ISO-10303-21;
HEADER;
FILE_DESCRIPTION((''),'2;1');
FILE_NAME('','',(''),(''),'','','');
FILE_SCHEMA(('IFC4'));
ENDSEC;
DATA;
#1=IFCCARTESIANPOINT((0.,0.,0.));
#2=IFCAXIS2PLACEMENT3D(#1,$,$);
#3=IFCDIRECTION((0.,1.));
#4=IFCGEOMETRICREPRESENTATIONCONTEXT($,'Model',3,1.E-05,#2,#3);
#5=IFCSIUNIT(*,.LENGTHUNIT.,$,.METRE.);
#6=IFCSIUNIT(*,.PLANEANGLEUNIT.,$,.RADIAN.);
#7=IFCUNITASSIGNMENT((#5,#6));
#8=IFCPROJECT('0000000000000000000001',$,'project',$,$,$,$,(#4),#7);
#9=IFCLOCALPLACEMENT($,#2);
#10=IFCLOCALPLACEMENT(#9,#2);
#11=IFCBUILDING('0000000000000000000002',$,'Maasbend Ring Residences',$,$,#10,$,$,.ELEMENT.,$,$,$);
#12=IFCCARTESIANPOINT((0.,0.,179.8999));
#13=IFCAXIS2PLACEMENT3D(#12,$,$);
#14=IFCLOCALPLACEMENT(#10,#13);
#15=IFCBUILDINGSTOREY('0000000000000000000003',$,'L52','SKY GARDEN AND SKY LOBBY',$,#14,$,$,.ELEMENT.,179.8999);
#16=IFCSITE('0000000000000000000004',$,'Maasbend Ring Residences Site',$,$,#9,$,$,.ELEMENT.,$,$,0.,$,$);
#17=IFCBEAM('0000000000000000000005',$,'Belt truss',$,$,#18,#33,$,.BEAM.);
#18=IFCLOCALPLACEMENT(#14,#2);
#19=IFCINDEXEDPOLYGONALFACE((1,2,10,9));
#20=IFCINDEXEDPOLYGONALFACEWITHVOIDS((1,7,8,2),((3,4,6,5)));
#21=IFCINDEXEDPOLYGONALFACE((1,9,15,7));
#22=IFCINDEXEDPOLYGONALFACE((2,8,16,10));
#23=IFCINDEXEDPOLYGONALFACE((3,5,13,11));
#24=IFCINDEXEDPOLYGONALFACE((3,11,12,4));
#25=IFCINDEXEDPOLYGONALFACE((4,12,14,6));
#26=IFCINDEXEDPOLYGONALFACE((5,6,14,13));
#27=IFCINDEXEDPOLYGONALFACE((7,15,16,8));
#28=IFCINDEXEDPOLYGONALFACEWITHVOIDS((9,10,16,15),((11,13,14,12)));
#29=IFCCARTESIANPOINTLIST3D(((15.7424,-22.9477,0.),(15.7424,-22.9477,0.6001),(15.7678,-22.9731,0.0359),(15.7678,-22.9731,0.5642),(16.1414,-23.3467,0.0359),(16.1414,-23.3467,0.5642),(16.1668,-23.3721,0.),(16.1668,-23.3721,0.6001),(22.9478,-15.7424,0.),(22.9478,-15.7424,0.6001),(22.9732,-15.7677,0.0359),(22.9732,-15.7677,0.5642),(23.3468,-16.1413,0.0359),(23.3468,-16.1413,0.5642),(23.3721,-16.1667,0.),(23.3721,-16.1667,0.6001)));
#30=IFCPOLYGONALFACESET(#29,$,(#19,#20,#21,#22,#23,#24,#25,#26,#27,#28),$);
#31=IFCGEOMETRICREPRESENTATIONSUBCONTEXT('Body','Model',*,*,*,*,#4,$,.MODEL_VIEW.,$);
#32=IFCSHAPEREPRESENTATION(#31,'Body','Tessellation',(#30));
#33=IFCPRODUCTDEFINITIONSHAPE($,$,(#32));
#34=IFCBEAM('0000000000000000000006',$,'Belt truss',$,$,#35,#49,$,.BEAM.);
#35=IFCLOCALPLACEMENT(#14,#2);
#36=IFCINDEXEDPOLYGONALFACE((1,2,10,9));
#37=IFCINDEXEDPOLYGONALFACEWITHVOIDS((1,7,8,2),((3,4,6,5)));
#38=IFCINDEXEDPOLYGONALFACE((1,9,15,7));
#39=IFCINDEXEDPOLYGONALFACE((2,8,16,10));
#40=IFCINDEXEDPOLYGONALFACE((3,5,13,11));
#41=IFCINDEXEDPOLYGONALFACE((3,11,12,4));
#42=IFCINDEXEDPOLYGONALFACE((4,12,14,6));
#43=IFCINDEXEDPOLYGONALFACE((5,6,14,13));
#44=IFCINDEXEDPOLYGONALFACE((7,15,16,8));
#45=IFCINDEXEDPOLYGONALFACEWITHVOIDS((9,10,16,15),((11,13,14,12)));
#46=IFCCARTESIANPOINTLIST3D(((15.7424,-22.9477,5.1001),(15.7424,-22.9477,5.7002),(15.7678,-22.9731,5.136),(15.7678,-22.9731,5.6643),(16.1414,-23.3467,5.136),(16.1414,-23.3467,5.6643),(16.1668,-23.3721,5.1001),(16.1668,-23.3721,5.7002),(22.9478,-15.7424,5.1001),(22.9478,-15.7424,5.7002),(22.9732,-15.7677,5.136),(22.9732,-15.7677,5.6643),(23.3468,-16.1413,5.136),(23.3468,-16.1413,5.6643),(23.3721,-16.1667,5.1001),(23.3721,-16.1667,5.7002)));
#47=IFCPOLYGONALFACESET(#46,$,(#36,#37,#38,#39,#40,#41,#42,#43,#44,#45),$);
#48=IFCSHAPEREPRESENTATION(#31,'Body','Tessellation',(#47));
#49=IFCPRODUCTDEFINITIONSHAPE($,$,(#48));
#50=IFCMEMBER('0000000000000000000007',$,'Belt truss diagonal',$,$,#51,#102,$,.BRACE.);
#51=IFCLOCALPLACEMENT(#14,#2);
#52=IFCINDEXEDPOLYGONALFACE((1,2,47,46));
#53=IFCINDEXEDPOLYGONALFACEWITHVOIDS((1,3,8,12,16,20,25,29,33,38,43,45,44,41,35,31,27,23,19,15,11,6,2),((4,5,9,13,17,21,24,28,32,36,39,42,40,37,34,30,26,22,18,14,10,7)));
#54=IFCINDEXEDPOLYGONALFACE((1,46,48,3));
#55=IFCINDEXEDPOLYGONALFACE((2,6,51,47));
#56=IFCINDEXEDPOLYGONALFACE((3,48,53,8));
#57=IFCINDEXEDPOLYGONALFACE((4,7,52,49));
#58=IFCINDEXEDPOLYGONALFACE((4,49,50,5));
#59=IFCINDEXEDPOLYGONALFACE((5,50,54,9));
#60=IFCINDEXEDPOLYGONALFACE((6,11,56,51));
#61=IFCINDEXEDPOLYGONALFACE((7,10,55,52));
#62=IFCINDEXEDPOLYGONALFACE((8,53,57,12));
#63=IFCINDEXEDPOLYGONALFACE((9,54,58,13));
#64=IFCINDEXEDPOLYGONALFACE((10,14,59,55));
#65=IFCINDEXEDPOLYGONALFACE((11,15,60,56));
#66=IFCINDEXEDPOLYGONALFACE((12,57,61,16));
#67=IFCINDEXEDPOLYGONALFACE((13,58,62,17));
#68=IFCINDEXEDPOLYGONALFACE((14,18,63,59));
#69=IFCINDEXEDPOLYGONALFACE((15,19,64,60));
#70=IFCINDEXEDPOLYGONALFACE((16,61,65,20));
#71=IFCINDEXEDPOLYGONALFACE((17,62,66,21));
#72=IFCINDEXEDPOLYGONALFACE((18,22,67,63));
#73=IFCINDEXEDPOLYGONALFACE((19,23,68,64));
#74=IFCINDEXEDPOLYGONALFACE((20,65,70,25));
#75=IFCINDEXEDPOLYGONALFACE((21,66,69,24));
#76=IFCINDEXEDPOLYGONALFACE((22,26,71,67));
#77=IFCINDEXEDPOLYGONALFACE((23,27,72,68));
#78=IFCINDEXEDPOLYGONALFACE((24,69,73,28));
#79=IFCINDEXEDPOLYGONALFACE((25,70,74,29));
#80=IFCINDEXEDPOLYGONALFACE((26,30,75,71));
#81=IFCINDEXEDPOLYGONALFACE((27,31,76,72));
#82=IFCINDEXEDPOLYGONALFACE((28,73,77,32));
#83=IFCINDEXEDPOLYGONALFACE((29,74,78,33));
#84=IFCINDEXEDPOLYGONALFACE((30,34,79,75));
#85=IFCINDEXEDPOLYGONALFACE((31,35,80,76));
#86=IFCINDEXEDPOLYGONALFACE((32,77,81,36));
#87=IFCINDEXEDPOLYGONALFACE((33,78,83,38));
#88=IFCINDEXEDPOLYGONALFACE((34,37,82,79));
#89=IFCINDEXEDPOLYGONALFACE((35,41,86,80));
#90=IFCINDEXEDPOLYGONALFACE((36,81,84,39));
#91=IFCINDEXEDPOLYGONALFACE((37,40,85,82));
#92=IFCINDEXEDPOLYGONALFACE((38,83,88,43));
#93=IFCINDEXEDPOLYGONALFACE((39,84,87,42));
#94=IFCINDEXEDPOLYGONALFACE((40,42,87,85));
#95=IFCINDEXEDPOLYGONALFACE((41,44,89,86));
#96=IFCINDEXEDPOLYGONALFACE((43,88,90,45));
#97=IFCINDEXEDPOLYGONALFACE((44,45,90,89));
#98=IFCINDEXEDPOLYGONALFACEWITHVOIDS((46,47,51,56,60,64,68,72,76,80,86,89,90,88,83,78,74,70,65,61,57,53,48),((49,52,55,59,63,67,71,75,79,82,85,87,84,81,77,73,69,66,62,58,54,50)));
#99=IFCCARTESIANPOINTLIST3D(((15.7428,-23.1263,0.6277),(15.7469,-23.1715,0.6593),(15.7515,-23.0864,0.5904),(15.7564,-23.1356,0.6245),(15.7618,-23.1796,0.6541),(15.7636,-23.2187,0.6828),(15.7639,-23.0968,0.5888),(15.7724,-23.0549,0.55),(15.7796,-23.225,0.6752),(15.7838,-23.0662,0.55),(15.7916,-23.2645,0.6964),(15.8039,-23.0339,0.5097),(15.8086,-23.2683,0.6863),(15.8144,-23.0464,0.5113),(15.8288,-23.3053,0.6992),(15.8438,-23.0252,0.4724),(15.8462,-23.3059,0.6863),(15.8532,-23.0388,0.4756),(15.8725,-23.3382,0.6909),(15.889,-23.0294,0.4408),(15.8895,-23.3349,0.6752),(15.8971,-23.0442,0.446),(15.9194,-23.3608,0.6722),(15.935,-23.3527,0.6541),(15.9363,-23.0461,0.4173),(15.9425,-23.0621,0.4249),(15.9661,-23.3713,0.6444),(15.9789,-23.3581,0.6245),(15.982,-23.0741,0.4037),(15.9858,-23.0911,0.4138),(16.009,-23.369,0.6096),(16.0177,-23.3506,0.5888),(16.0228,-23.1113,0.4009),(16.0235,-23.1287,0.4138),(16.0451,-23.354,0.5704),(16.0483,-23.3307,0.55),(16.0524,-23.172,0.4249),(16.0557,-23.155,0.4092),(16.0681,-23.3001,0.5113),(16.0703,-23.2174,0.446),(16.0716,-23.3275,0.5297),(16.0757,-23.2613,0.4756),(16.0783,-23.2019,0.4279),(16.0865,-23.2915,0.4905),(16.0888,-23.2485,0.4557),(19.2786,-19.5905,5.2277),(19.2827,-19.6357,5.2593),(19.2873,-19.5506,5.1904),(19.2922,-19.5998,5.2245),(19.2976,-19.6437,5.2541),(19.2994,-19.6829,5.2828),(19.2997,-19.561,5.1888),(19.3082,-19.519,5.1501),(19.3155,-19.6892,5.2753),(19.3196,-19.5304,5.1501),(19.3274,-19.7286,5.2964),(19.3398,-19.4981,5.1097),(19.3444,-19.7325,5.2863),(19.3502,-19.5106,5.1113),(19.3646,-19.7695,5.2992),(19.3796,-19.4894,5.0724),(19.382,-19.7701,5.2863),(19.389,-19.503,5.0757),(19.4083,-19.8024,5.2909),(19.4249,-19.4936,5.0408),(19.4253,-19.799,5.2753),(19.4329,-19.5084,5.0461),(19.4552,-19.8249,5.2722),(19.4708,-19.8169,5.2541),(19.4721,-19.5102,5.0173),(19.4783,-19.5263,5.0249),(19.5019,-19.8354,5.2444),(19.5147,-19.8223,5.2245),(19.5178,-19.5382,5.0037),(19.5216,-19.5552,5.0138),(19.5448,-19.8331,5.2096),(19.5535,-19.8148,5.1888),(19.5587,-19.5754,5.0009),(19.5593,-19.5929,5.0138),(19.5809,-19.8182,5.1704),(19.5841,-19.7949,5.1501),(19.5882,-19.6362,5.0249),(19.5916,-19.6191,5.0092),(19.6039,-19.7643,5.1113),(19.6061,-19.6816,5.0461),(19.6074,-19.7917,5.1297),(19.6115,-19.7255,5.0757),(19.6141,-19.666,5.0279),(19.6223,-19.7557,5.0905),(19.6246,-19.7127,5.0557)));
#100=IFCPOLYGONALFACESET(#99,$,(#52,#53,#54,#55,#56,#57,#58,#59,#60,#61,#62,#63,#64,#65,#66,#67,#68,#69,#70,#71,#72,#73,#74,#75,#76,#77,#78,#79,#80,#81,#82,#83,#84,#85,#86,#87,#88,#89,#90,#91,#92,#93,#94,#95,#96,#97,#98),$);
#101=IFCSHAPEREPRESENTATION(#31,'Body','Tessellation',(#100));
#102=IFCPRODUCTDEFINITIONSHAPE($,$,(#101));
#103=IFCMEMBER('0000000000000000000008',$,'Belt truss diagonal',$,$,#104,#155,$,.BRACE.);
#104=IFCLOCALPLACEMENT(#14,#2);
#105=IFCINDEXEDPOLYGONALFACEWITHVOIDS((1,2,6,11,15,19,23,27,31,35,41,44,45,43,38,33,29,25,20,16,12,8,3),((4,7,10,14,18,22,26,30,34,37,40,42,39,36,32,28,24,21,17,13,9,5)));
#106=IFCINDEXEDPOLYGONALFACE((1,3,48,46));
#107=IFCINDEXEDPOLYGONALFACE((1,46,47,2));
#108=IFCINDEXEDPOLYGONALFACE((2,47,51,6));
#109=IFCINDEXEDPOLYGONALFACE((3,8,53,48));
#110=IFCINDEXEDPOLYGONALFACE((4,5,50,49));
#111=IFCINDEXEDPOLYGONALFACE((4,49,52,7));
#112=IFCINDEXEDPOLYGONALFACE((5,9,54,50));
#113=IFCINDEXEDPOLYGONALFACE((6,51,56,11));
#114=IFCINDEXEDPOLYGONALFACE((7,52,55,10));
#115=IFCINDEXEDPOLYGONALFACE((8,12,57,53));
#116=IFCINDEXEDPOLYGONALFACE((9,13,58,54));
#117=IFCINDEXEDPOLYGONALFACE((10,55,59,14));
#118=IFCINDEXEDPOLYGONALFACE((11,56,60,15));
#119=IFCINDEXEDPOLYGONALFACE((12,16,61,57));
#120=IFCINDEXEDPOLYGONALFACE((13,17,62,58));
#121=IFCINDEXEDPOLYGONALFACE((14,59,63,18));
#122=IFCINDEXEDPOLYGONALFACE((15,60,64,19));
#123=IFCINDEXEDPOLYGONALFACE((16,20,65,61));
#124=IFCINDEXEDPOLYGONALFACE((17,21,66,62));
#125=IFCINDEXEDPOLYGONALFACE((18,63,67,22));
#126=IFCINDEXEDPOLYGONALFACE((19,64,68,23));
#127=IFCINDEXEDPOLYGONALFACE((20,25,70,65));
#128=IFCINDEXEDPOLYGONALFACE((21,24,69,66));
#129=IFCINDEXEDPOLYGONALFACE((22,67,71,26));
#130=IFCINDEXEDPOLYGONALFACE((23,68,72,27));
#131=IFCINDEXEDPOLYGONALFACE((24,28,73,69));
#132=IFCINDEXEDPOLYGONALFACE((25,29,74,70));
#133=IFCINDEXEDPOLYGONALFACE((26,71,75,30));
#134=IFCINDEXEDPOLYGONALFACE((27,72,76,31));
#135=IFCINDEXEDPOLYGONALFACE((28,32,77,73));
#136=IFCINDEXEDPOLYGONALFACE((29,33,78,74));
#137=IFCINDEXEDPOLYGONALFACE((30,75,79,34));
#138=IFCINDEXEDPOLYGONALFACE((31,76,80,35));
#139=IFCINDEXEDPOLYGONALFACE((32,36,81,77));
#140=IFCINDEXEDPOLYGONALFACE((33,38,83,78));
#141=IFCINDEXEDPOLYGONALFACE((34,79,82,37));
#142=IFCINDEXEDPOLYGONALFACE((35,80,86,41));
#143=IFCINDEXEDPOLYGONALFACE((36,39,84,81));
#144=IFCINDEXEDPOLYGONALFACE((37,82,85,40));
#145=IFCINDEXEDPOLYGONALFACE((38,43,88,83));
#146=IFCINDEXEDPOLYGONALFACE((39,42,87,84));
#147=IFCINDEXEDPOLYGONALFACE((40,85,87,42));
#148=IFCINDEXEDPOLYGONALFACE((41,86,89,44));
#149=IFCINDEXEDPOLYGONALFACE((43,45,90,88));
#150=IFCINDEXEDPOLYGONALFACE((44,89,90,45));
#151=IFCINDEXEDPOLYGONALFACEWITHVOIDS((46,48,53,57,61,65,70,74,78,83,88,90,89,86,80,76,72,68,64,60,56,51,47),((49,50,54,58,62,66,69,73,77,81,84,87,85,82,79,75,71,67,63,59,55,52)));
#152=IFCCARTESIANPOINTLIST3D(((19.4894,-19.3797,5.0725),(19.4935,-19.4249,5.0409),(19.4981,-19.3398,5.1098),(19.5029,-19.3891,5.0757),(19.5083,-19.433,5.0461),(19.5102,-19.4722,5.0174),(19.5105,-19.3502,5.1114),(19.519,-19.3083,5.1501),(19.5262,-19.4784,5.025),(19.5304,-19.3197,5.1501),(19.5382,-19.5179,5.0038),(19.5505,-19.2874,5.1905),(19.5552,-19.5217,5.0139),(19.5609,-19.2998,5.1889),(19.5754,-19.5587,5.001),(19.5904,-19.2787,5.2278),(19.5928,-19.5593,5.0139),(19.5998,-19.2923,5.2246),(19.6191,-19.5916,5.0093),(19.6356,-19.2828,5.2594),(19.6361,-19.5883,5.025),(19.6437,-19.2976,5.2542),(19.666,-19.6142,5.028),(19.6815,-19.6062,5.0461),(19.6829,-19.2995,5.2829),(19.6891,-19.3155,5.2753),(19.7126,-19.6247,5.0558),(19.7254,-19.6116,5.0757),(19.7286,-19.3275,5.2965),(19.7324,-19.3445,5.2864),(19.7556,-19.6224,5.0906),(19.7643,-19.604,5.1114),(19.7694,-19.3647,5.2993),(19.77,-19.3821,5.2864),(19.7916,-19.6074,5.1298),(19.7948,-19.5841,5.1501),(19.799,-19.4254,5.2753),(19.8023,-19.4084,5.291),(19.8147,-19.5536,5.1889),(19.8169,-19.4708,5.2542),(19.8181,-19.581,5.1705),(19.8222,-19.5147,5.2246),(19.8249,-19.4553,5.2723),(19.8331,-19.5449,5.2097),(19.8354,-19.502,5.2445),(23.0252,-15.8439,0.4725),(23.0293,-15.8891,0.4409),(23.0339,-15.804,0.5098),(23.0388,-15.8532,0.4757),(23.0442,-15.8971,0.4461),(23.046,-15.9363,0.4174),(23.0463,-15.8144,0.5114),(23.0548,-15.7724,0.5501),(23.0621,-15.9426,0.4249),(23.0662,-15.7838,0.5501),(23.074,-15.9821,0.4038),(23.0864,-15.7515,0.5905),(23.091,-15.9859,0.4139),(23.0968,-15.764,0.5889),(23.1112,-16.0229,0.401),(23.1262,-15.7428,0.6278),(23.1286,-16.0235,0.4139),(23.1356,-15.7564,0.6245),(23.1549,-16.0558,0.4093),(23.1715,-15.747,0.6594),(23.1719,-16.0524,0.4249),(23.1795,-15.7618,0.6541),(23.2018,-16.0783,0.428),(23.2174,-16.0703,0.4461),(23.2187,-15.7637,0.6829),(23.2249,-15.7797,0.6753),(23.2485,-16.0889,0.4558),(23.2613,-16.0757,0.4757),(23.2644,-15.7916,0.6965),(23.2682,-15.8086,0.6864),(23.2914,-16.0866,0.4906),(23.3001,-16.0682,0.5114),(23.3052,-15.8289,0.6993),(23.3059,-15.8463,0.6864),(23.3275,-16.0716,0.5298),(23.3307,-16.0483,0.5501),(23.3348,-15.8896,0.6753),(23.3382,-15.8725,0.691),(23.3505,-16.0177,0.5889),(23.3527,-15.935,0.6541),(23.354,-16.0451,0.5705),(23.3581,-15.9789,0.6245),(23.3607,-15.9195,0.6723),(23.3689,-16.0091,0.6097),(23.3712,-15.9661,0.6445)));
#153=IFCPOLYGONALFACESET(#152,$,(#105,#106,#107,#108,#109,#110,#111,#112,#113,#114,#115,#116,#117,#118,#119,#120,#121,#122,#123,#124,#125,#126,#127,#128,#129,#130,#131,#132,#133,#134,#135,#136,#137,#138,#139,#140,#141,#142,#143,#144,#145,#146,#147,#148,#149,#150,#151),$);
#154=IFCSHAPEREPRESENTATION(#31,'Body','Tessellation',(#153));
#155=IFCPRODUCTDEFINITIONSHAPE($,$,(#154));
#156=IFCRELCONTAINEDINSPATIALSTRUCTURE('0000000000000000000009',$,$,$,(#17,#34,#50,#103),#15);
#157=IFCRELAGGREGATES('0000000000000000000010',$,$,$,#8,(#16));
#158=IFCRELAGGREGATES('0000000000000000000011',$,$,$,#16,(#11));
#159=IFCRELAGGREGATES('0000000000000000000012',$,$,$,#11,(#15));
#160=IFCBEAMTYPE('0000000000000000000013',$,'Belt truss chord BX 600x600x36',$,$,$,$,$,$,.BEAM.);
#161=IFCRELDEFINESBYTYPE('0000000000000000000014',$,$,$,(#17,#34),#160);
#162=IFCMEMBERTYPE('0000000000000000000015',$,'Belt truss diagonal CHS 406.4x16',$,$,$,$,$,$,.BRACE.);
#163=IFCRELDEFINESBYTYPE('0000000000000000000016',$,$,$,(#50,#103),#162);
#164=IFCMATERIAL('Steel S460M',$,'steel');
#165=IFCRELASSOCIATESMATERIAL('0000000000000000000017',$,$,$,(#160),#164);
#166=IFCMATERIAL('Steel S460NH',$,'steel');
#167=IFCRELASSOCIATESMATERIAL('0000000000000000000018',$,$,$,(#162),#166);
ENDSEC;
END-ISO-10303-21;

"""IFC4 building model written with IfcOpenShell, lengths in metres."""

from ifc_helpers import new_model, si_unit, direction, frame, origin, origin_2d, place, context, subcontext, project, spatial, hollow_rectangle, hollow_circle, extrude, material, material_profile, profile_set, type_object, element, save


model = new_model("IFC4")

# Units and contexts
model_context = context("Model", 3, precision=1e-05, world=origin(), true_north=direction((0.0, 1.0)))
body_context = subcontext(model_context, "Body", "Model", "MODEL_VIEW")
ifc_project = project(units=[si_unit("LENGTHUNIT", "METRE"), si_unit("PLANEANGLEUNIT", "RADIAN")], contexts=[model_context])

# Site, building, storey
site_placement = place(None, origin())
site = spatial("IfcSite", under=ifc_project, at=site_placement, Name="Maasbend Ring Residences Site", CompositionType="ELEMENT", RefElevation=0.0)
building_placement = place(site_placement, origin())
building = spatial("IfcBuilding", under=site, at=building_placement, Name="Maasbend Ring Residences", CompositionType="ELEMENT")
storey_placement = place(building_placement, frame((0.0, 0.0, 179.8999)))
storey = spatial("IfcBuildingStorey", under=building, at=storey_placement, Name="L52", Description="SKY GARDEN AND SKY LOBBY", CompositionType="ELEMENT", Elevation=179.8999)

# Beams
ifc_material_1 = material(Name="Steel S460M", Category="steel")
ifc_material_profile_1 = material_profile(ifc_material_1, hollow_rectangle(XDim=0.6001, YDim=0.6001, WallThickness=0.0359, at=origin_2d()), Name="Belt truss chord BX 600x600x36")
ifc_profile_set_1 = profile_set([ifc_material_profile_1], Name="Steel S460M")
beam_type_1 = type_object("IfcBeamType", Name="Belt truss chord BX 600x600x36", PredefinedType="BEAM", material=ifc_profile_set_1)
for number, where, z_axis, x_axis, name in (
    (1, (15.9546, -23.1599, 0.3), (0.707107, 0.707107, 0.0), (-0.707107, 0.707107, 0.0), "Belt truss"),
    (2, (15.9546, -23.1599, 5.4001), (0.707107, 0.707107, 0.0), (-0.707107, 0.707107, 0.0), "Belt truss"),
):
    element("IfcBeam", number, at=place(storey_placement, frame(where, z_axis=z_axis, x_axis=x_axis)), inside=storey, type_object=beam_type_1, Name=name, PredefinedType="BEAM", context=body_context, shape_type="SweptSolid", body=[
        extrude(hollow_rectangle(XDim=0.6001, YDim=0.6001, WallThickness=0.0359, at=origin_2d()), origin(), (0.0, 0.0, 1.0), 10.1899),
    ])

# Members
ifc_material_2 = material(Name="Steel S460NH", Category="steel")
ifc_material_profile_2 = material_profile(ifc_material_2, hollow_circle(Radius=0.2031, WallThickness=0.0161, at=origin_2d()), Name="Belt truss diagonal CHS 406.4x16")
ifc_profile_set_2 = profile_set([ifc_material_profile_2], Name="Steel S460NH")
member_type_1 = type_object("IfcMemberType", Name="Belt truss diagonal CHS 406.4x16", PredefinedType="BRACE", material=ifc_profile_set_2)
for number, where, z_axis, x_axis, name in (
    (3, (15.916, -23.1985, 0.55), (0.520401, 0.520401, 0.677028), (-0.707107, 0.707107, 0.0), "Belt truss diagonal"),
    (4, (19.6626, -19.4519, 5.1501), (0.520401, 0.520401, -0.677028), (-0.707107, 0.707107, 0.0), "Belt truss diagonal"),
):
    element("IfcMember", number, at=place(storey_placement, frame(where, z_axis=z_axis, x_axis=x_axis)), inside=storey, type_object=member_type_1, Name=name, PredefinedType="BRACE", context=body_context, shape_type="SweptSolid", body=[
        extrude(hollow_circle(Radius=0.2031, WallThickness=0.0161, at=origin_2d()), origin(), (0.0, 0.0, 1.0), 6.7944),
    ])

save(model, "model.ifc")
